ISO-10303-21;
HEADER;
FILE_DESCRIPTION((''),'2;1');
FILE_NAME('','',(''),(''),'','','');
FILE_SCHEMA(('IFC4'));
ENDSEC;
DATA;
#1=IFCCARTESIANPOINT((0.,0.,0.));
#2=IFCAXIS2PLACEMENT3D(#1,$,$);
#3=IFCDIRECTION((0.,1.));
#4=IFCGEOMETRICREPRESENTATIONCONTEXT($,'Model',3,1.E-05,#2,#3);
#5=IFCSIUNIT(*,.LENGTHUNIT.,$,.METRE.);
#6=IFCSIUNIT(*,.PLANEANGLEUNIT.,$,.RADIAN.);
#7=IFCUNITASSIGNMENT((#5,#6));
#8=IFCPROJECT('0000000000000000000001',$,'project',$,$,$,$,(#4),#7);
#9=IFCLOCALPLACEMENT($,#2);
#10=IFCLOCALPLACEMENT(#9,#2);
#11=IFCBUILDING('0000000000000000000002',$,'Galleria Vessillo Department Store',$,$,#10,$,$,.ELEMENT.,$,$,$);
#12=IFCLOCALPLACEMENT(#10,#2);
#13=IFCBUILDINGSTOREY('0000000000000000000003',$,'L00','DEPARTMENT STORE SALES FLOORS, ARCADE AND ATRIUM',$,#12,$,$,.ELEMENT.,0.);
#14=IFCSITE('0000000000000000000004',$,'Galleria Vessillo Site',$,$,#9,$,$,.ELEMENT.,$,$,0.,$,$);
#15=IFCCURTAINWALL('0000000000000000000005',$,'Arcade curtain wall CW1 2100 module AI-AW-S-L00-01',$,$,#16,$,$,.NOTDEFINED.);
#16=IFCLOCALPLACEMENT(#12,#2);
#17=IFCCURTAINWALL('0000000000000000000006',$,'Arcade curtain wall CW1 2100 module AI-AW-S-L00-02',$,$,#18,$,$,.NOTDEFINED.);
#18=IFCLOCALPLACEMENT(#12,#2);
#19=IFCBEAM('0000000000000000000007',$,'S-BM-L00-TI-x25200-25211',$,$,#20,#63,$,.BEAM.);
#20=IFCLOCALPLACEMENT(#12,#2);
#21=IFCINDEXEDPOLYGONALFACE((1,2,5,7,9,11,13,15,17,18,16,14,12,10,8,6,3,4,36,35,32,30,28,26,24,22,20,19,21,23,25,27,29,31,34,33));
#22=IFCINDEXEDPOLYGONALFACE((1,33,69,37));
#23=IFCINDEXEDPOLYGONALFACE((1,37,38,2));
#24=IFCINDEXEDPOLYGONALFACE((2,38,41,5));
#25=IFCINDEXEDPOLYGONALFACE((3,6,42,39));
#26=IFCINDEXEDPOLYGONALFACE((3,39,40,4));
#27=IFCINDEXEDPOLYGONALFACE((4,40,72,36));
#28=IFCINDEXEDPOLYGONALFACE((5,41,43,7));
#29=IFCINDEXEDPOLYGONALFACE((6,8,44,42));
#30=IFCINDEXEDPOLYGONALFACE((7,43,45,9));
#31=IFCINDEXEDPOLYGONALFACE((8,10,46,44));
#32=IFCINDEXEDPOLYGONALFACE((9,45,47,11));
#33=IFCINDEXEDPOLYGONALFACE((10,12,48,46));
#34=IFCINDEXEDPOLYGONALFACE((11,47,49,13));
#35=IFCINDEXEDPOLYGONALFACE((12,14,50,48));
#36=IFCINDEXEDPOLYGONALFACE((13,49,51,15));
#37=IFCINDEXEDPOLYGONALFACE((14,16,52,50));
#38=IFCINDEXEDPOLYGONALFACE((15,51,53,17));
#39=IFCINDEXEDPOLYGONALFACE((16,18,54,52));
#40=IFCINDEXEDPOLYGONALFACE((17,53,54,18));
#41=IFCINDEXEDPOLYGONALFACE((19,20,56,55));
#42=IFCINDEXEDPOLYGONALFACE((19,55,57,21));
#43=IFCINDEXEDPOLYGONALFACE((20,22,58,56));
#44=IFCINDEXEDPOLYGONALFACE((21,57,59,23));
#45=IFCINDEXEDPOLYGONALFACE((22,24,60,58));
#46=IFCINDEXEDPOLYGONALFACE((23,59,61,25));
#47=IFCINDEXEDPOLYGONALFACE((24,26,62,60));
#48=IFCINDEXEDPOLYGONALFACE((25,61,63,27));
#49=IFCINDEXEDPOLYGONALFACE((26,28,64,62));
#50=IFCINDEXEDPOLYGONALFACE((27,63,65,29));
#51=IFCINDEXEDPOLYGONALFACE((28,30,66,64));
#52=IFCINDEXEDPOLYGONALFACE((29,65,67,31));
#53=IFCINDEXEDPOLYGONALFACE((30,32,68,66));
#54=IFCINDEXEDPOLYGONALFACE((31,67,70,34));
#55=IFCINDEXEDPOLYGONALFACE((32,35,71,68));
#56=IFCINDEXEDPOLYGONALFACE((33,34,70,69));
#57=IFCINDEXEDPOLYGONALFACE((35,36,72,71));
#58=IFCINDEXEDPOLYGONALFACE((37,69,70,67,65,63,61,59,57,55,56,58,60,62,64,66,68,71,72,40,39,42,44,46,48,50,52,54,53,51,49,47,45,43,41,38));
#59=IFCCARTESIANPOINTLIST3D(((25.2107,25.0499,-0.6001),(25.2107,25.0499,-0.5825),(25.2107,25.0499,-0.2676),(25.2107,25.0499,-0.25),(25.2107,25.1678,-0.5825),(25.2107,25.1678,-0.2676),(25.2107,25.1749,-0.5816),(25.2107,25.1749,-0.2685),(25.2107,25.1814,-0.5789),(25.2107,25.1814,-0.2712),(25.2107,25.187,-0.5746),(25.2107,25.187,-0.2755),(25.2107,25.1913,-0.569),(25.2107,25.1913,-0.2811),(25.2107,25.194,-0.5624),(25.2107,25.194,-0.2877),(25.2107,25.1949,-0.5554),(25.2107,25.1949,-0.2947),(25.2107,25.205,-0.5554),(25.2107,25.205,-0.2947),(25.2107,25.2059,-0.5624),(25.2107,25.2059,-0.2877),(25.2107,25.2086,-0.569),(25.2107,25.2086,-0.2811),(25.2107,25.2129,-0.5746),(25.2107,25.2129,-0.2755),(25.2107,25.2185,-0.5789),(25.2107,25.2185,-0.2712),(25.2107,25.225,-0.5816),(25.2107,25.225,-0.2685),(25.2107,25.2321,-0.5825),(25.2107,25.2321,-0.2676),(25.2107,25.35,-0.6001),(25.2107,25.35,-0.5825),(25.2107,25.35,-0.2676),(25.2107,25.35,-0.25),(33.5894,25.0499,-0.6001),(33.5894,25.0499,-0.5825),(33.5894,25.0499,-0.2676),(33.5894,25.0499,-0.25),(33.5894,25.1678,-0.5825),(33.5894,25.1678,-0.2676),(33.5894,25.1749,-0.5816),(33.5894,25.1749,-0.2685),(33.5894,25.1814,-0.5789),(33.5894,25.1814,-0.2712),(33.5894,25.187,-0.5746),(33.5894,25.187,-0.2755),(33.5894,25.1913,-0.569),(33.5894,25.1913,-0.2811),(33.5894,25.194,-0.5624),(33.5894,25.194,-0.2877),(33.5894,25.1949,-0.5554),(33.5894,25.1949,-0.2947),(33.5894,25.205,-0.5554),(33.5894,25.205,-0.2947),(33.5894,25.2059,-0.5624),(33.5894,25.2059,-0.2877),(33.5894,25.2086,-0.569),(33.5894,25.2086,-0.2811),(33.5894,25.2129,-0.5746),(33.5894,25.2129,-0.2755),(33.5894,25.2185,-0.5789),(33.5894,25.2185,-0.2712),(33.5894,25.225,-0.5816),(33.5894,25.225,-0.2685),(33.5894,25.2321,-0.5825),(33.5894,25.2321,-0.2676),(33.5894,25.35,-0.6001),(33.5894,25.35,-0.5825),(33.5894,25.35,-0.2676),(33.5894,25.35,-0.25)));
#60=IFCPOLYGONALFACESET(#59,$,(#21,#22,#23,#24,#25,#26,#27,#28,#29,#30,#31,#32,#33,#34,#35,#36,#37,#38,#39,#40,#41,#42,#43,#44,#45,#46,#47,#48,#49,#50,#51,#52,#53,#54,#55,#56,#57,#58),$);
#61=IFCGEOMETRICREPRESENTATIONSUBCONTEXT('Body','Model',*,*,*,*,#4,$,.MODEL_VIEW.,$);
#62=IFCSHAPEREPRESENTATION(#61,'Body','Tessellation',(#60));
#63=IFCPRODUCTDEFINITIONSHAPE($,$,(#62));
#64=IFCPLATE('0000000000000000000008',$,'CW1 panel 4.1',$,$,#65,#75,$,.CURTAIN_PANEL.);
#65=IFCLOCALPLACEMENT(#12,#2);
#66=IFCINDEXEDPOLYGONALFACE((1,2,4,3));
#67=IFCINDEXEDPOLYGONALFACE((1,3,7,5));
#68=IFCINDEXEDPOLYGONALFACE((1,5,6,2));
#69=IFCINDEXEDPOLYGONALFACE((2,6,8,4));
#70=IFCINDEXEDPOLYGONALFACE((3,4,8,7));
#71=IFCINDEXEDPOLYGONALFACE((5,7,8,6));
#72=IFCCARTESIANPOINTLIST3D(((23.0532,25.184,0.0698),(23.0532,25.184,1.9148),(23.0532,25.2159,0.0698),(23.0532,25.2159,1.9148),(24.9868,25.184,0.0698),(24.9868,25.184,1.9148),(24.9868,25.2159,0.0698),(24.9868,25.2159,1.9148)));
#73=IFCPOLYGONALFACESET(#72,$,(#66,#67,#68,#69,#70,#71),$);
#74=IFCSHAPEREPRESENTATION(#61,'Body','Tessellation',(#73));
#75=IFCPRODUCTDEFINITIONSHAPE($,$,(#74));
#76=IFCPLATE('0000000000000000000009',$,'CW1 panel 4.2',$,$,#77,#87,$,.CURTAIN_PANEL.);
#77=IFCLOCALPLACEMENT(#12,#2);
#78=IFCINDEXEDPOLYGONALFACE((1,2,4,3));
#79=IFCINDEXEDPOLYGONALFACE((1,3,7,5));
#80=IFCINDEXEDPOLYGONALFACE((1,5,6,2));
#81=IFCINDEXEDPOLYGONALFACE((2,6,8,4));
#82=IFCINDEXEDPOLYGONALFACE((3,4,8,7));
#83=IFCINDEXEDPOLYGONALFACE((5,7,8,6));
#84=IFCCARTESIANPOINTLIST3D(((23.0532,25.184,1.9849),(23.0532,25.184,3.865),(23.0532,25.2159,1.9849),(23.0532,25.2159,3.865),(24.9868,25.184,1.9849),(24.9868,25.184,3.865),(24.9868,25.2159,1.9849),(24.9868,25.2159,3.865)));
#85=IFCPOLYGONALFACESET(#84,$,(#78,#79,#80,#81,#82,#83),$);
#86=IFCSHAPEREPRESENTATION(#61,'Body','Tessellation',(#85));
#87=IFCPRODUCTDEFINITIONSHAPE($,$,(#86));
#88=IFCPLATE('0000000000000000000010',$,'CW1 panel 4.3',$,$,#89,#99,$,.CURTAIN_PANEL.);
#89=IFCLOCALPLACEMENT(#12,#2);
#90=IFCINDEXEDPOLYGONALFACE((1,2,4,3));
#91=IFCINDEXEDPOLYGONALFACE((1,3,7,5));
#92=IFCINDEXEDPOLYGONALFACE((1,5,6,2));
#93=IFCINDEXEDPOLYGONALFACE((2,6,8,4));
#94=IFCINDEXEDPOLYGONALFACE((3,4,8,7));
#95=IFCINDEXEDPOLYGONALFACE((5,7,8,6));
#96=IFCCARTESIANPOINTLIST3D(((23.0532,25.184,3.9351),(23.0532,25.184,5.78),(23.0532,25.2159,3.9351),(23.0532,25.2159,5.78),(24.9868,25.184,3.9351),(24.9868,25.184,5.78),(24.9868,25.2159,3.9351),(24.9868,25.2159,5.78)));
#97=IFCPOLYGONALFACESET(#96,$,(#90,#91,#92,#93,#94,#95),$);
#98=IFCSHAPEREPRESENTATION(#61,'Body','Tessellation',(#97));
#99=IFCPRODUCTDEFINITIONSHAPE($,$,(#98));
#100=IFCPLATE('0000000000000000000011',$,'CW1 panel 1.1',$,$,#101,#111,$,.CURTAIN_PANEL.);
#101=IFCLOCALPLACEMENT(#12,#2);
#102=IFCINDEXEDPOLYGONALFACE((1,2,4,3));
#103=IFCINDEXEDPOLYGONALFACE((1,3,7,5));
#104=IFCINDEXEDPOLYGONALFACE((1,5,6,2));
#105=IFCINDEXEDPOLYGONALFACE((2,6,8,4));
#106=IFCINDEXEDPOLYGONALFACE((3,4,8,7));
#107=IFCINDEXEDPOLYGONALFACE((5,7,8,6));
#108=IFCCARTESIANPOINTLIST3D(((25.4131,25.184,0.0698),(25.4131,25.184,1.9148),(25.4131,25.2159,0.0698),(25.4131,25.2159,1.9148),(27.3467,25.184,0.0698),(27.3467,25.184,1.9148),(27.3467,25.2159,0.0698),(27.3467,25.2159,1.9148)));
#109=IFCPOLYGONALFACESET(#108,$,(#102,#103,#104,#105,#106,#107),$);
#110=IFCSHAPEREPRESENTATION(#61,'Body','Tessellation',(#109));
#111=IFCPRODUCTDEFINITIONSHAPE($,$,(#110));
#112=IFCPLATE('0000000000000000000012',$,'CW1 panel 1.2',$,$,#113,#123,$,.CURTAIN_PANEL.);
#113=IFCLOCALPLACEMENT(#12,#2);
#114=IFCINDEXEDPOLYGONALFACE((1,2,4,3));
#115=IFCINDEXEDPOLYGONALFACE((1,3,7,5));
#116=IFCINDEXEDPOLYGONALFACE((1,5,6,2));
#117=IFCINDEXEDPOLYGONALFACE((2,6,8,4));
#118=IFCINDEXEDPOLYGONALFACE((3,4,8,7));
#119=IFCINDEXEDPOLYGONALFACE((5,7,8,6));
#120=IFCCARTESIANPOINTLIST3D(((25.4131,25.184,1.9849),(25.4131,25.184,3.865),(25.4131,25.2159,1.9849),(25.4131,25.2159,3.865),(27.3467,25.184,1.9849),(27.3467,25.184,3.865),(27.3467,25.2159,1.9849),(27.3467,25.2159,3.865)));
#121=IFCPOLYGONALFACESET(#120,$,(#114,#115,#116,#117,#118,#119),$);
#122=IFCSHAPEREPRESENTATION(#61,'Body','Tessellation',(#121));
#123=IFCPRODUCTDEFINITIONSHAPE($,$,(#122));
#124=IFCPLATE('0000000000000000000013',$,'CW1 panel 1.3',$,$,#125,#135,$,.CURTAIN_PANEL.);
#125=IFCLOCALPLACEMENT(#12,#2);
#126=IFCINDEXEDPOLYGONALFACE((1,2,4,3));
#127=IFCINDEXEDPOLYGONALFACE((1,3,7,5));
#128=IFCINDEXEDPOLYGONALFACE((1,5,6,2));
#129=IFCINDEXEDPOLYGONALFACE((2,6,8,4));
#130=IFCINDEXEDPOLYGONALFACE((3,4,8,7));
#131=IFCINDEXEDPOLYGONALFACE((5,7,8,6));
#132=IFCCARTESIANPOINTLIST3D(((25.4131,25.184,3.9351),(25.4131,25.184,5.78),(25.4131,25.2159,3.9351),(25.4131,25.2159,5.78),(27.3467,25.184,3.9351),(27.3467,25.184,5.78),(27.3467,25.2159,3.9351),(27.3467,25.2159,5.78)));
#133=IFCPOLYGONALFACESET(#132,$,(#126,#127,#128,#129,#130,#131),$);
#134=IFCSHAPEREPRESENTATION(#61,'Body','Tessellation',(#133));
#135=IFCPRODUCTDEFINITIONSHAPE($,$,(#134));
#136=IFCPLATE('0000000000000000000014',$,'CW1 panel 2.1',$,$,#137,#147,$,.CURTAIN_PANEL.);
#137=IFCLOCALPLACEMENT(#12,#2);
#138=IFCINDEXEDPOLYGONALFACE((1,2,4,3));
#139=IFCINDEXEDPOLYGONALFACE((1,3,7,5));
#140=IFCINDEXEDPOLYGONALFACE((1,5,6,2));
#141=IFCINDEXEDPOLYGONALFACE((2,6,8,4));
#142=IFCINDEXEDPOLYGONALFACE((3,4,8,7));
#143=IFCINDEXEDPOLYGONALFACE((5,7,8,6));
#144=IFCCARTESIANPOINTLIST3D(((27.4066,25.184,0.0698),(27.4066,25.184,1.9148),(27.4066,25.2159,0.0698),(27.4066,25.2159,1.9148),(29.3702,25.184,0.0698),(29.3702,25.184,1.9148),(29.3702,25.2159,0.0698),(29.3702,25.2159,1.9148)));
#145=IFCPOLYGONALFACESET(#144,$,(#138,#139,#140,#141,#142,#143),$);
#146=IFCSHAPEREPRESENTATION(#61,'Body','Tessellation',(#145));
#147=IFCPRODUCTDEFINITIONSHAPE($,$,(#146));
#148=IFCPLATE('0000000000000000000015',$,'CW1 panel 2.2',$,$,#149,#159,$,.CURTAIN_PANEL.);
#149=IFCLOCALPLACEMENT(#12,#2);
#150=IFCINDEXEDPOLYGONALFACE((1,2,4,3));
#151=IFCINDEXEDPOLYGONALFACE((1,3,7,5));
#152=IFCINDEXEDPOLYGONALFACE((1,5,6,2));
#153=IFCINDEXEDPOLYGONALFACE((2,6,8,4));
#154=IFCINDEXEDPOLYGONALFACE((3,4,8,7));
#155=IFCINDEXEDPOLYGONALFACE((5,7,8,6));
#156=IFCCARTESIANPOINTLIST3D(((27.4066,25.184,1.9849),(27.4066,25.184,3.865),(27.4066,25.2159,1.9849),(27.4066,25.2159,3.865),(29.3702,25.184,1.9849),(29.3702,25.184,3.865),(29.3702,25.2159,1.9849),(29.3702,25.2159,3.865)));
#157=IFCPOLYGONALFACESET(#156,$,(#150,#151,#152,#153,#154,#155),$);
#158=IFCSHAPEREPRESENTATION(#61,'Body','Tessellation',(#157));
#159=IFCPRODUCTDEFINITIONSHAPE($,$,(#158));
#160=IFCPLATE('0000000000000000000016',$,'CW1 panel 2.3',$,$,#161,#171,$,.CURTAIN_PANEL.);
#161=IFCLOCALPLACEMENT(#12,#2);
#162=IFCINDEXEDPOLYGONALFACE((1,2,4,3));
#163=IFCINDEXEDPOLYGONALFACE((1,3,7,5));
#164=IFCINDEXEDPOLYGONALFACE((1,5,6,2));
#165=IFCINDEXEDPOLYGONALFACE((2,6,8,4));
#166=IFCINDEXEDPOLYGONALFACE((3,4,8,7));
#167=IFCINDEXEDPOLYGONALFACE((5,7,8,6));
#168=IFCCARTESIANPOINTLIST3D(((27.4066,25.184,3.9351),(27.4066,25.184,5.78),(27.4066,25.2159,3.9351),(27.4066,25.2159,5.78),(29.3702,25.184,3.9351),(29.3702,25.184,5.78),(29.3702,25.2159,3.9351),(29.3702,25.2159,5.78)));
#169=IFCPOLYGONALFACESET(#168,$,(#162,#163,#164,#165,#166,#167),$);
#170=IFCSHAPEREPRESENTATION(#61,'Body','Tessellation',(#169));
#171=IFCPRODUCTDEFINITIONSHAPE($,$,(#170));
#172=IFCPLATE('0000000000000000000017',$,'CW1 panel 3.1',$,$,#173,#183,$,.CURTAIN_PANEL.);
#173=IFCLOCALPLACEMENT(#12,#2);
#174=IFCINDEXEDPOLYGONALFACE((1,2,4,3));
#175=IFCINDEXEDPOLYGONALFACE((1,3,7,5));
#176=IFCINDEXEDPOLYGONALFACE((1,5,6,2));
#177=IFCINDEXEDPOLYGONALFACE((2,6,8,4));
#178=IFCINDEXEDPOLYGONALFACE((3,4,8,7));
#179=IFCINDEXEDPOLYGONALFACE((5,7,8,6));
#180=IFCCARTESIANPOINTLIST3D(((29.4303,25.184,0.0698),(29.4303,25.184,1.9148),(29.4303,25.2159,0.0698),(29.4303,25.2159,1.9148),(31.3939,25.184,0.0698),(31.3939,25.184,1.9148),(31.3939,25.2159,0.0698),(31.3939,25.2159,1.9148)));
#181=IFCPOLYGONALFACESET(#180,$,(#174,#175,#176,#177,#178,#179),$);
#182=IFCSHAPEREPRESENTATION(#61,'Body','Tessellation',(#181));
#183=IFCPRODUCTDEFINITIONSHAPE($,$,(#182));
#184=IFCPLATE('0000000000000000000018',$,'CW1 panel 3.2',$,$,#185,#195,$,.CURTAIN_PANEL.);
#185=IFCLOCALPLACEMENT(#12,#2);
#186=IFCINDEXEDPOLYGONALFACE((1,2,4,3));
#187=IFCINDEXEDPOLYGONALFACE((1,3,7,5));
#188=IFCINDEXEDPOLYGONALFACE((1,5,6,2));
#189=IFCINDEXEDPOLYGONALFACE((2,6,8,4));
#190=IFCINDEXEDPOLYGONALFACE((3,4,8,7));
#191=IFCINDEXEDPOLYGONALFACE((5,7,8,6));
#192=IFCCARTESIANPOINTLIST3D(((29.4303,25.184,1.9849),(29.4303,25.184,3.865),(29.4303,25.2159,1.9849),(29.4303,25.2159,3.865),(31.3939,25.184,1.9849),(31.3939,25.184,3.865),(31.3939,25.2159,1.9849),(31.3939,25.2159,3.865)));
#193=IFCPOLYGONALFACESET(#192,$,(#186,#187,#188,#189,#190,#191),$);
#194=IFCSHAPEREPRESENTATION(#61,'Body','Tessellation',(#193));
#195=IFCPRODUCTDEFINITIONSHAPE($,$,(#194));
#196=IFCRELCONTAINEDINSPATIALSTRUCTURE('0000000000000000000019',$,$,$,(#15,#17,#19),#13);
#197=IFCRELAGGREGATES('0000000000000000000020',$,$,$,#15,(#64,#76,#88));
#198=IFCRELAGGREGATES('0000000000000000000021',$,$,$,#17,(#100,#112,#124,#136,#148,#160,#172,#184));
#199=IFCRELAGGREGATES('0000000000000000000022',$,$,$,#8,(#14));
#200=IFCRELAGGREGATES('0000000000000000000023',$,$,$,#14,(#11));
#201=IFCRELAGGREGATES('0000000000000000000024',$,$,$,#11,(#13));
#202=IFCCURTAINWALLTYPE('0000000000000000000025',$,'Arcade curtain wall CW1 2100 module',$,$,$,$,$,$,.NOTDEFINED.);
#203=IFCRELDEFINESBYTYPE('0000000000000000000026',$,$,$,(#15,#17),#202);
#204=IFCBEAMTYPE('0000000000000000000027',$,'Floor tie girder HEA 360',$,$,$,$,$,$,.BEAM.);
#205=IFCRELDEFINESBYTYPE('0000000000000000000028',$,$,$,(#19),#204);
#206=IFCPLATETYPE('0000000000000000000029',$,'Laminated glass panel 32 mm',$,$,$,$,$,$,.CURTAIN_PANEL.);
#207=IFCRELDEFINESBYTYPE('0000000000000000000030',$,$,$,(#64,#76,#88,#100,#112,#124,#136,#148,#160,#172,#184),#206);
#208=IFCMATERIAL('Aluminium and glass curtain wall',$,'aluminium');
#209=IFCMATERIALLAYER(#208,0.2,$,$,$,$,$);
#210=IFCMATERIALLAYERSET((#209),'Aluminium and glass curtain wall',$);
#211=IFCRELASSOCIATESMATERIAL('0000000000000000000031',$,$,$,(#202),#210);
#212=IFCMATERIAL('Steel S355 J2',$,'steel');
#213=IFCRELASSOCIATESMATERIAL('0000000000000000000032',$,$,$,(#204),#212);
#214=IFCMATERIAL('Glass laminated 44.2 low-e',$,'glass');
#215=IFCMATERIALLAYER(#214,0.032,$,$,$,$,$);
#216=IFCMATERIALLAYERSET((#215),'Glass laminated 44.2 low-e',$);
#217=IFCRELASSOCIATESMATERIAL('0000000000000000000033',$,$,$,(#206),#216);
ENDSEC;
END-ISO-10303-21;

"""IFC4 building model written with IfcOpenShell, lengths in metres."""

from ifc_helpers import new_model, si_unit, direction, frame, origin, origin_2d, place, context, subcontext, project, spatial, rectangle, i_section, extrude, material, layer, layer_set, material_profile, profile_set, type_object, element, aggregate, save


model = new_model("IFC4")

# Units and contexts
model_context = context("Model", 3, precision=1e-05, world=origin(), true_north=direction((0.0, 1.0)))
body_context = subcontext(model_context, "Body", "Model", "MODEL_VIEW")
ifc_project = project(units=[si_unit("LENGTHUNIT", "METRE"), si_unit("PLANEANGLEUNIT", "RADIAN")], contexts=[model_context])

# Site, building, storey
site_placement = place(None, origin())
site = spatial("IfcSite", under=ifc_project, at=site_placement, Name="Galleria Vessillo Site", CompositionType="ELEMENT", RefElevation=0.0)
building_placement = place(site_placement, origin())
building = spatial("IfcBuilding", under=site, at=building_placement, Name="Galleria Vessillo Department Store", CompositionType="ELEMENT")
storey_placement = place(building_placement, origin())
storey = spatial("IfcBuildingStorey", under=building, at=storey_placement, Name="L00", Description="DEPARTMENT STORE SALES FLOORS, ARCADE AND ATRIUM", CompositionType="ELEMENT", Elevation=0.0)

# Curtain wall
ifc_material_1 = material(Name="Aluminium and glass curtain wall", Category="aluminium")
ifc_layer_1 = layer(ifc_material_1, 0.2)
ifc_layer_set_1 = layer_set([ifc_layer_1], Name="Aluminium and glass curtain wall")
curtain_wall_type = type_object("IfcCurtainWallType", Name="Arcade curtain wall CW1 2100 module", PredefinedType="NOTDEFINED", material=ifc_layer_set_1)
curtain_wall_1_placement = place(storey_placement, origin())
curtain_wall_1 = element("IfcCurtainWall", 1, at=curtain_wall_1_placement, inside=storey, type_object=curtain_wall_type, Name="Arcade curtain wall CW1 2100 module AI-AW-S-L00-01", PredefinedType="NOTDEFINED")

# Curtain wall
curtain_wall_2_placement = place(storey_placement, origin())
curtain_wall_2 = element("IfcCurtainWall", 2, at=curtain_wall_2_placement, inside=storey, type_object=curtain_wall_type, Name="Arcade curtain wall CW1 2100 module AI-AW-S-L00-02", PredefinedType="NOTDEFINED")

# Beam
ifc_material_2 = material(Name="Steel S355 J2", Category="steel")
ifc_material_profile_1 = material_profile(ifc_material_2, i_section(OverallWidth=0.3, OverallDepth=0.3501, WebThickness=0.01, FlangeThickness=0.0176, FilletRadius=0.0271, at=origin_2d()), Name="HEA 360")
ifc_profile_set_1 = profile_set([ifc_material_profile_1], Name="Steel S355 J2")
beam_type = type_object("IfcBeamType", Name="Floor tie girder HEA 360", PredefinedType="BEAM", material=ifc_profile_set_1)
beam_placement = place(storey_placement, frame((25.2107, 25.2, -0.425), z_axis=(1.0, 0.0, 0.0), x_axis=(0.0, 1.0, 0.0)))
element("IfcBeam", 3, at=beam_placement, inside=storey, type_object=beam_type, Name="S-BM-L00-TI-x25200-25211", PredefinedType="BEAM", context=body_context, shape_type="SweptSolid", body=[
    extrude(i_section(OverallWidth=0.3, OverallDepth=0.3501, WebThickness=0.01, FlangeThickness=0.0176, FilletRadius=0.0271, at=origin_2d()), origin(), (0.0, 0.0, 1.0), 8.3787),
])

# Plates
ifc_material_3 = material(Name="Glass laminated 44.2 low-e", Category="glass")
ifc_layer_2 = layer(ifc_material_3, 0.032)
ifc_layer_set_2 = layer_set([ifc_layer_2], Name="Glass laminated 44.2 low-e")
plate_type = type_object("IfcPlateType", Name="Laminated glass panel 32 mm", PredefinedType="CURTAIN_PANEL", material=ifc_layer_set_2)
plate_1_placement = place(storey_placement, frame((24.02, 25.2, 0.0698), z_axis=(0.0, 0.0, 1.0), x_axis=(1.0, 0.0, 0.0)))
plate_1 = element("IfcPlate", 4, at=plate_1_placement, type_object=plate_type, Name="CW1 panel 4.1", PredefinedType="CURTAIN_PANEL", context=body_context, shape_type="SweptSolid", body=[
    extrude(rectangle(XDim=1.9336, YDim=0.032, at=origin_2d()), origin(), (0.0, 0.0, 1.0), 1.845),
])
plate_2_placement = place(storey_placement, frame((24.02, 25.2, 1.9849), z_axis=(0.0, 0.0, 1.0), x_axis=(1.0, 0.0, 0.0)))
plate_2 = element("IfcPlate", 5, at=plate_2_placement, type_object=plate_type, Name="CW1 panel 4.2", PredefinedType="CURTAIN_PANEL", context=body_context, shape_type="SweptSolid", body=[
    extrude(rectangle(XDim=1.9336, YDim=0.032, at=origin_2d()), origin(), (0.0, 0.0, 1.0), 1.8801),
])
plate_3_placement = place(storey_placement, frame((24.02, 25.2, 3.9351), z_axis=(0.0, 0.0, 1.0), x_axis=(1.0, 0.0, 0.0)))
plate_3 = element("IfcPlate", 6, at=plate_3_placement, type_object=plate_type, Name="CW1 panel 4.3", PredefinedType="CURTAIN_PANEL", context=body_context, shape_type="SweptSolid", body=[
    extrude(rectangle(XDim=1.9336, YDim=0.032, at=origin_2d()), origin(), (0.0, 0.0, 1.0), 1.845),
])
aggregate(curtain_wall_1, [plate_1, plate_2, plate_3])
plate_4_placement = place(storey_placement, frame((26.3799, 25.2, 0.0698), z_axis=(0.0, 0.0, 1.0), x_axis=(1.0, 0.0, 0.0)))
plate_4 = element("IfcPlate", 7, at=plate_4_placement, type_object=plate_type, Name="CW1 panel 1.1", PredefinedType="CURTAIN_PANEL", context=body_context, shape_type="SweptSolid", body=[
    extrude(rectangle(XDim=1.9336, YDim=0.032, at=origin_2d()), origin(), (0.0, 0.0, 1.0), 1.845),
])
plate_5_placement = place(storey_placement, frame((26.3799, 25.2, 1.9849), z_axis=(0.0, 0.0, 1.0), x_axis=(1.0, 0.0, 0.0)))
plate_5 = element("IfcPlate", 8, at=plate_5_placement, type_object=plate_type, Name="CW1 panel 1.2", PredefinedType="CURTAIN_PANEL", context=body_context, shape_type="SweptSolid", body=[
    extrude(rectangle(XDim=1.9336, YDim=0.032, at=origin_2d()), origin(), (0.0, 0.0, 1.0), 1.8801),
])
plate_6_placement = place(storey_placement, frame((26.3799, 25.2, 3.9351), z_axis=(0.0, 0.0, 1.0), x_axis=(1.0, 0.0, 0.0)))
plate_6 = element("IfcPlate", 9, at=plate_6_placement, type_object=plate_type, Name="CW1 panel 1.3", PredefinedType="CURTAIN_PANEL", context=body_context, shape_type="SweptSolid", body=[
    extrude(rectangle(XDim=1.9336, YDim=0.032, at=origin_2d()), origin(), (0.0, 0.0, 1.0), 1.845),
])
plate_7_placement = place(storey_placement, frame((28.3884, 25.2, 0.0698), z_axis=(0.0, 0.0, 1.0), x_axis=(1.0, 0.0, 0.0)))
plate_7 = element("IfcPlate", 10, at=plate_7_placement, type_object=plate_type, Name="CW1 panel 2.1", PredefinedType="CURTAIN_PANEL", context=body_context, shape_type="SweptSolid", body=[
    extrude(rectangle(XDim=1.9636, YDim=0.032, at=origin_2d()), origin(), (0.0, 0.0, 1.0), 1.845),
])
plate_8_placement = place(storey_placement, frame((28.3884, 25.2, 1.9849), z_axis=(0.0, 0.0, 1.0), x_axis=(1.0, 0.0, 0.0)))
plate_8 = element("IfcPlate", 11, at=plate_8_placement, type_object=plate_type, Name="CW1 panel 2.2", PredefinedType="CURTAIN_PANEL", context=body_context, shape_type="SweptSolid", body=[
    extrude(rectangle(XDim=1.9636, YDim=0.032, at=origin_2d()), origin(), (0.0, 0.0, 1.0), 1.8801),
])
plate_9_placement = place(storey_placement, frame((28.3884, 25.2, 3.9351), z_axis=(0.0, 0.0, 1.0), x_axis=(1.0, 0.0, 0.0)))
plate_9 = element("IfcPlate", 12, at=plate_9_placement, type_object=plate_type, Name="CW1 panel 2.3", PredefinedType="CURTAIN_PANEL", context=body_context, shape_type="SweptSolid", body=[
    extrude(rectangle(XDim=1.9636, YDim=0.032, at=origin_2d()), origin(), (0.0, 0.0, 1.0), 1.845),
])
plate_10_placement = place(storey_placement, frame((30.4121, 25.2, 0.0698), z_axis=(0.0, 0.0, 1.0), x_axis=(1.0, 0.0, 0.0)))
plate_10 = element("IfcPlate", 13, at=plate_10_placement, type_object=plate_type, Name="CW1 panel 3.1", PredefinedType="CURTAIN_PANEL", context=body_context, shape_type="SweptSolid", body=[
    extrude(rectangle(XDim=1.9636, YDim=0.032, at=origin_2d()), origin(), (0.0, 0.0, 1.0), 1.845),
])
plate_11_placement = place(storey_placement, frame((30.4121, 25.2, 1.9849), z_axis=(0.0, 0.0, 1.0), x_axis=(1.0, 0.0, 0.0)))
plate_11 = element("IfcPlate", 14, at=plate_11_placement, type_object=plate_type, Name="CW1 panel 3.2", PredefinedType="CURTAIN_PANEL", context=body_context, shape_type="SweptSolid", body=[
    extrude(rectangle(XDim=1.9636, YDim=0.032, at=origin_2d()), origin(), (0.0, 0.0, 1.0), 1.8801),
])
aggregate(curtain_wall_2, [plate_4, plate_5, plate_6, plate_7, plate_8, plate_9, plate_10, plate_11])

save(model, "model.ifc")
